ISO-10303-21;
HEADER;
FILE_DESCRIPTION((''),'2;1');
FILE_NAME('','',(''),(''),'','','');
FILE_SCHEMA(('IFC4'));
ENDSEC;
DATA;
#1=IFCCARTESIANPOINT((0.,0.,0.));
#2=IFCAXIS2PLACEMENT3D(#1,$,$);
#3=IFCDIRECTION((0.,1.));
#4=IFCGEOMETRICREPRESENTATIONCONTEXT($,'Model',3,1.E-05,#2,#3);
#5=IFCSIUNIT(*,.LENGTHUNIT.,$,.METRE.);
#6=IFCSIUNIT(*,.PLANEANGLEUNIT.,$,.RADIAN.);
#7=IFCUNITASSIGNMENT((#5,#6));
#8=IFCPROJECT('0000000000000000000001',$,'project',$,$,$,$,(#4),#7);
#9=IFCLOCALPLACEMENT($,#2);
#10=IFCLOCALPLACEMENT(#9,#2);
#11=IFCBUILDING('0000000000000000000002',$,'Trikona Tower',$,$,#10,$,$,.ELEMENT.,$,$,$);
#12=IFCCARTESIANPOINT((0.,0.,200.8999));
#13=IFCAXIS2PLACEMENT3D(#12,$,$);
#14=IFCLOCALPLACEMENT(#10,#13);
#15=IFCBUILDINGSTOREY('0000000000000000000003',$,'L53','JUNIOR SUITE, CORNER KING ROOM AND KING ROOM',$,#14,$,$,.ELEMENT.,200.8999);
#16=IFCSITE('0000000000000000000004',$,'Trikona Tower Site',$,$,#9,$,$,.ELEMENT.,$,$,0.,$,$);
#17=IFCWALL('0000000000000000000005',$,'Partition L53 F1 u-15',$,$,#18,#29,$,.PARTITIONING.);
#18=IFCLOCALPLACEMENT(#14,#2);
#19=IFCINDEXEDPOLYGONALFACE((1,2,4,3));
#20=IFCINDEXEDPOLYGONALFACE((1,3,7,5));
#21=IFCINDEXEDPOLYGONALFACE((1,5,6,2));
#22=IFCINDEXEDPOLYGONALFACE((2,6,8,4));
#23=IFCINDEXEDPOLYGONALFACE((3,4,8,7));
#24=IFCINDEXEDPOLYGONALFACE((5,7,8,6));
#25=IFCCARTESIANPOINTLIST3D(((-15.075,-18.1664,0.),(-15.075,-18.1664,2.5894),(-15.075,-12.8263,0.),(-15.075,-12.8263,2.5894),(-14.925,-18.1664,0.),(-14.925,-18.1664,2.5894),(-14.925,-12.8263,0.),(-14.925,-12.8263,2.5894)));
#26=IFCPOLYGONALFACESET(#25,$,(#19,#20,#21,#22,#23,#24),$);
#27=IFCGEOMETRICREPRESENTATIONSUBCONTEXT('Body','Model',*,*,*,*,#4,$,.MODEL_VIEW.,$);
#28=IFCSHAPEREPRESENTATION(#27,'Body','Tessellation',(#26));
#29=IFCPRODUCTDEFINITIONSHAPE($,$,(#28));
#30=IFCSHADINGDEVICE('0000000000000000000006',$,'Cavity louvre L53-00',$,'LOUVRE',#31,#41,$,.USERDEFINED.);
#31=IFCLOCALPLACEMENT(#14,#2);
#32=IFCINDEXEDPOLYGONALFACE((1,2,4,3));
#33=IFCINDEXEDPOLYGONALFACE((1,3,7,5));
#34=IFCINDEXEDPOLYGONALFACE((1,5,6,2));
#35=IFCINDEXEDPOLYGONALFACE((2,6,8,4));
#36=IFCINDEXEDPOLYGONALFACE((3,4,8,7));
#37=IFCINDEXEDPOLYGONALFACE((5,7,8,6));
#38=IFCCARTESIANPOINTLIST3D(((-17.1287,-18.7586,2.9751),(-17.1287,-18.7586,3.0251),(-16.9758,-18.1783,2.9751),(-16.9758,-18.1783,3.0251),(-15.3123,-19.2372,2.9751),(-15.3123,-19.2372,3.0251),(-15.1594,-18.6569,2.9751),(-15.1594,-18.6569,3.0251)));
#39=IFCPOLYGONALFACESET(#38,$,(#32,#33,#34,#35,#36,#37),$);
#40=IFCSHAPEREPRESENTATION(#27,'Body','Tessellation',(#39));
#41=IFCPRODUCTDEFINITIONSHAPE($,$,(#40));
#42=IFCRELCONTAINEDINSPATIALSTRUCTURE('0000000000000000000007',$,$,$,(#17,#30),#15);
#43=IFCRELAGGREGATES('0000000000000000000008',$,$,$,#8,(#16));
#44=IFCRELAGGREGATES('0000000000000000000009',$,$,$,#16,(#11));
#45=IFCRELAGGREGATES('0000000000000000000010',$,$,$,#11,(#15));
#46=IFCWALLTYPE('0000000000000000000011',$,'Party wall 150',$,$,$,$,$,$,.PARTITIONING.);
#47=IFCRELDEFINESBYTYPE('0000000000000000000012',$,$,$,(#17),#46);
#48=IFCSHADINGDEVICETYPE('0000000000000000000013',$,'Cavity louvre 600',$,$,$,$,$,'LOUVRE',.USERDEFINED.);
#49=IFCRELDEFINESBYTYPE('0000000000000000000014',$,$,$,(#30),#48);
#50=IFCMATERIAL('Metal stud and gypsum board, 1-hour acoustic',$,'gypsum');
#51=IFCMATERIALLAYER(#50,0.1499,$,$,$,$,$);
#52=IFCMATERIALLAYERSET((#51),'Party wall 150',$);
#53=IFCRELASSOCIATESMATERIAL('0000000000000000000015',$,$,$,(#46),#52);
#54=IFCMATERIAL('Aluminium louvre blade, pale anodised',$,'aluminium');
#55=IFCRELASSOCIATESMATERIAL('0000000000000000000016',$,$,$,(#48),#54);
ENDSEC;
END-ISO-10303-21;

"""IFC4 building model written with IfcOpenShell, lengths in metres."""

from ifc_helpers import new_model, si_unit, direction, frame, frame_2d, origin, origin_2d, place, context, subcontext, project, spatial, rectangle, extrude, material, layer, layer_set, type_object, element, save


model = new_model("IFC4")

# Units and contexts
model_context = context("Model", 3, precision=1e-05, world=origin(), true_north=direction((0.0, 1.0)))
body_context = subcontext(model_context, "Body", "Model", "MODEL_VIEW")
ifc_project = project(units=[si_unit("LENGTHUNIT", "METRE"), si_unit("PLANEANGLEUNIT", "RADIAN")], contexts=[model_context])

# Site, building, storey
site_placement = place(None, origin())
site = spatial("IfcSite", under=ifc_project, at=site_placement, Name="Trikona Tower Site", CompositionType="ELEMENT", RefElevation=0.0)
building_placement = place(site_placement, origin())
building = spatial("IfcBuilding", under=site, at=building_placement, Name="Trikona Tower", CompositionType="ELEMENT")
storey_placement = place(building_placement, frame((0.0, 0.0, 200.8999)))
storey = spatial("IfcBuildingStorey", under=building, at=storey_placement, Name="L53", Description="JUNIOR SUITE, CORNER KING ROOM AND KING ROOM", CompositionType="ELEMENT", Elevation=200.8999)

# Wall
ifc_material_1 = material(Name="Metal stud and gypsum board, 1-hour acoustic", Category="gypsum")
ifc_layer_1 = layer(ifc_material_1, 0.1499)
ifc_layer_set_1 = layer_set([ifc_layer_1], Name="Party wall 150")
wall_type_1 = type_object("IfcWallType", Name="Party wall 150", PredefinedType="PARTITIONING", material=ifc_layer_set_1)
wall_1_placement = place(storey_placement, frame((-15.0, -12.8264, 0.0), z_axis=(0.0, 0.0, 1.0), x_axis=(0.0, -1.0, 0.0)))
element("IfcWall", 1, at=wall_1_placement, inside=storey, type_object=wall_type_1, Name="Partition L53 F1 u-15", PredefinedType="PARTITIONING", context=body_context, shape_type="SweptSolid", body=[
    extrude(rectangle(XDim=5.3401, YDim=0.1499, at=frame_2d((2.6699, 0.0))), origin(), (0.0, 0.0, 1.0), 2.5894),
])

# Shading device
ifc_material_2 = material(Name="Aluminium louvre blade, pale anodised", Category="aluminium")
shading_device_type = type_object("IfcShadingDeviceType", Name="Cavity louvre 600", ElementType="LOUVRE", PredefinedType="USERDEFINED", material=ifc_material_2)
shading_device_placement = place(storey_placement, frame((-16.144, -18.7078, 2.9751), z_axis=(0.0, 0.0, 1.0), x_axis=(0.966993, -0.254803, 0.0)))
element("IfcShadingDevice", 2, at=shading_device_placement, inside=storey, type_object=shading_device_type, Name="Cavity louvre L53-00", ObjectType="LOUVRE", PredefinedType="USERDEFINED", context=body_context, shape_type="SweptSolid", body=[
    extrude(rectangle(XDim=1.8784, YDim=0.6001, at=origin_2d()), origin(), (0.0, 0.0, 1.0), 0.05),
])

save(model, "model.ifc")
